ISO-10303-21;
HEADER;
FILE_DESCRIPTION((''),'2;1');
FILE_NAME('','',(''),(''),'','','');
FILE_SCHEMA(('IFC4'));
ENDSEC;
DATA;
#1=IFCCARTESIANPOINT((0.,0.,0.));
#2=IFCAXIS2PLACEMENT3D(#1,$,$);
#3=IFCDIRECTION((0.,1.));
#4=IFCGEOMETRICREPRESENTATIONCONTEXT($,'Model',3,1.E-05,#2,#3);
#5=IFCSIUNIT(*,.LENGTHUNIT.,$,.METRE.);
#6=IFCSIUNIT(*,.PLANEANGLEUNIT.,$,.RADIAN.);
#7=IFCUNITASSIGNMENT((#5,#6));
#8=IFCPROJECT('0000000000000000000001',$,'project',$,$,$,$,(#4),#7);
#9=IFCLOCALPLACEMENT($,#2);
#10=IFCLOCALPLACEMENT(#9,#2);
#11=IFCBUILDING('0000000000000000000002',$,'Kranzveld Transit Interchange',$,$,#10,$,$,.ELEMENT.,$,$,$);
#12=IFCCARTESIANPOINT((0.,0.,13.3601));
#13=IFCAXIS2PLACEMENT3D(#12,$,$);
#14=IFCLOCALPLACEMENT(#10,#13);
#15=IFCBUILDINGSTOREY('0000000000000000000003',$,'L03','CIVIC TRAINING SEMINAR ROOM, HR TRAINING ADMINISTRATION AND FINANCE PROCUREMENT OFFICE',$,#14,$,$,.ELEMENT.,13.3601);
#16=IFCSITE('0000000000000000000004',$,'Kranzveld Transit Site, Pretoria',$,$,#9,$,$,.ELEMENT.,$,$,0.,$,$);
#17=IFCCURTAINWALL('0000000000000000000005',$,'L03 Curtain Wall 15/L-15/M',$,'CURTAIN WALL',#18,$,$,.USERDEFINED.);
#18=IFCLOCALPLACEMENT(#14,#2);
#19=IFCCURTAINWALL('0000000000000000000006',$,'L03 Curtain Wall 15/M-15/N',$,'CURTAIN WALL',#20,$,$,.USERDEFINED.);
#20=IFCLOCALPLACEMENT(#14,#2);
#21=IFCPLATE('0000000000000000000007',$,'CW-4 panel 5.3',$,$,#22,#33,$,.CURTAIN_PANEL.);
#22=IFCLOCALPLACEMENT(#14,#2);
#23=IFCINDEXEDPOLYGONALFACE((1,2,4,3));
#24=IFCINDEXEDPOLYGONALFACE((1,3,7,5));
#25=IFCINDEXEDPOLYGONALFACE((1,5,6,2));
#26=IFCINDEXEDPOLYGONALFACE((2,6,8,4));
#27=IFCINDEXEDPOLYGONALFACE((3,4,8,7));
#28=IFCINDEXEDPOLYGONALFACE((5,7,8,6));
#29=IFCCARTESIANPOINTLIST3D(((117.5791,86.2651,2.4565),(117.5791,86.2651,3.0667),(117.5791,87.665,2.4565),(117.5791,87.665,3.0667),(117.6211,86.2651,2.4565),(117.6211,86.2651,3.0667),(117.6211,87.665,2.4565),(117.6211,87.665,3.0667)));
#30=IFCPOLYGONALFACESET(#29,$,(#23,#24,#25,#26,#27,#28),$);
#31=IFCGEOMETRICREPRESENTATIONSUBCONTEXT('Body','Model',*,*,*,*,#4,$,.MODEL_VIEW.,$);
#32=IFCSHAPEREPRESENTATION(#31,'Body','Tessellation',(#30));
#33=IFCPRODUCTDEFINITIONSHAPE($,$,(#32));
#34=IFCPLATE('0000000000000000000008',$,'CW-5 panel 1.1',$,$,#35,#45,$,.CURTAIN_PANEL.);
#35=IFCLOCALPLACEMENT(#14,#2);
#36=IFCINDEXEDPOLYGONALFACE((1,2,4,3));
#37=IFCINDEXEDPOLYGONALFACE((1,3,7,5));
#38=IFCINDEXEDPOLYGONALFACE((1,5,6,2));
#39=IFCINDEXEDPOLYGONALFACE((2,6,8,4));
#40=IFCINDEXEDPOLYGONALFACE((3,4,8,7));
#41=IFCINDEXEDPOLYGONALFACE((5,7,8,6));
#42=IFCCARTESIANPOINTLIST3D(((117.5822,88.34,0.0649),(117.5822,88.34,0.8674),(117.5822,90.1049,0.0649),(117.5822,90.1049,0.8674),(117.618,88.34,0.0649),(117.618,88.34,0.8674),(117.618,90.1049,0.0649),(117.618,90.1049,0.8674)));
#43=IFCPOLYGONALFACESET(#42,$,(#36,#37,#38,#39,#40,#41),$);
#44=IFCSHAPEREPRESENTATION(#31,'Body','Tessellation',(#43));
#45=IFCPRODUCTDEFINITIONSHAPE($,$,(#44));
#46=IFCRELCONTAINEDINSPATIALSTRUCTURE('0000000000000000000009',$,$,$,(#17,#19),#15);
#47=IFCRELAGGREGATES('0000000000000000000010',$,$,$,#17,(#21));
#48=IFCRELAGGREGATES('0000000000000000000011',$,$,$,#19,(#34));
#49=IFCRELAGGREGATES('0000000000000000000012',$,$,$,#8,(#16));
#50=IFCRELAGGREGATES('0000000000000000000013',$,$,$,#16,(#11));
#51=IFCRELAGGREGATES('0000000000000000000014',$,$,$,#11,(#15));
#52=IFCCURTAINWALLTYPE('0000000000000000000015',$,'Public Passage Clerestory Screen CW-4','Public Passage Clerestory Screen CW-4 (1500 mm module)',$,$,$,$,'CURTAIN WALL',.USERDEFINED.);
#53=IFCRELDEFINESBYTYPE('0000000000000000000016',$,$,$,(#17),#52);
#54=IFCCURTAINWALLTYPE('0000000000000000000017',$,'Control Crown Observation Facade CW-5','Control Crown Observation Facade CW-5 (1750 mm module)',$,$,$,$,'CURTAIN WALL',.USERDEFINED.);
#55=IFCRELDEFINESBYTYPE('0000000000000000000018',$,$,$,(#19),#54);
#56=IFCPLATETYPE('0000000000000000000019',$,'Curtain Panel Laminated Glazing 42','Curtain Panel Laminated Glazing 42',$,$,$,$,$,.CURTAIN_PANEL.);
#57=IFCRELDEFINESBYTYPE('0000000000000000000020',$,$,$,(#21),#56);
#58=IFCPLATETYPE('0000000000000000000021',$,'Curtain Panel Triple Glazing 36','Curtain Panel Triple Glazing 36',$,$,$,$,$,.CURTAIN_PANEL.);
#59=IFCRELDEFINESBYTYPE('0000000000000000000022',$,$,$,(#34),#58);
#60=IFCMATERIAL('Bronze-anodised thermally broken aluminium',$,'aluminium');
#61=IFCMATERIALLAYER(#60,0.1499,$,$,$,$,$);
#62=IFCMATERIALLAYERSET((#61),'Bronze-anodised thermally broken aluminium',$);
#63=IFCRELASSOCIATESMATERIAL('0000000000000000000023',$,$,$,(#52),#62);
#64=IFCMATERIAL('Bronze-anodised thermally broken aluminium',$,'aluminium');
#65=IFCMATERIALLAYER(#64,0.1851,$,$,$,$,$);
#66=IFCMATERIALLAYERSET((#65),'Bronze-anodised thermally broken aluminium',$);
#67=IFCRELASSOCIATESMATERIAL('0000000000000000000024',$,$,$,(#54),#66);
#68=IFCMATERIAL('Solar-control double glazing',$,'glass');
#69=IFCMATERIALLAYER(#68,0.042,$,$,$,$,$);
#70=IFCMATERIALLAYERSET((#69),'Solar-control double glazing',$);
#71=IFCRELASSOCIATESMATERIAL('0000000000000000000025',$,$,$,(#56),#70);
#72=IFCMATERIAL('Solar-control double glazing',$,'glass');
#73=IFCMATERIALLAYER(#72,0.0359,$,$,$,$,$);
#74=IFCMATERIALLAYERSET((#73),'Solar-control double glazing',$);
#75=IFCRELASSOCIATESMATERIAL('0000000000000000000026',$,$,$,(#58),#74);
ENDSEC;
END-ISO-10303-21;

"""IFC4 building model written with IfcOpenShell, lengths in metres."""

from ifc_helpers import new_model, si_unit, direction, frame, origin, origin_2d, place, context, subcontext, project, spatial, rectangle, extrude, material, layer, layer_set, type_object, element, aggregate, save


model = new_model("IFC4")

# Units and contexts
model_context = context("Model", 3, precision=1e-05, world=origin(), true_north=direction((0.0, 1.0)))
body_context = subcontext(model_context, "Body", "Model", "MODEL_VIEW")
ifc_project = project(units=[si_unit("LENGTHUNIT", "METRE"), si_unit("PLANEANGLEUNIT", "RADIAN")], contexts=[model_context])

# Site, building, storey
site_placement = place(None, origin())
site = spatial("IfcSite", under=ifc_project, at=site_placement, Name="Kranzveld Transit Site, Pretoria", CompositionType="ELEMENT", RefElevation=0.0)
building_placement = place(site_placement, origin())
building = spatial("IfcBuilding", under=site, at=building_placement, Name="Kranzveld Transit Interchange", CompositionType="ELEMENT")
storey_placement = place(building_placement, frame((0.0, 0.0, 13.3601)))
storey = spatial("IfcBuildingStorey", under=building, at=storey_placement, Name="L03", Description="CIVIC TRAINING SEMINAR ROOM, HR TRAINING ADMINISTRATION AND FINANCE PROCUREMENT OFFICE", CompositionType="ELEMENT", Elevation=13.3601)

# Curtain wall
ifc_material_1 = material(Name="Bronze-anodised thermally broken aluminium", Category="aluminium")
ifc_layer_1 = layer(ifc_material_1, 0.1499)
ifc_layer_set_1 = layer_set([ifc_layer_1], Name="Bronze-anodised thermally broken aluminium")
curtain_wall_type_1 = type_object("IfcCurtainWallType", Name="Public Passage Clerestory Screen CW-4", Description="Public Passage Clerestory Screen CW-4 (1500 mm module)", ElementType="CURTAIN WALL", PredefinedType="USERDEFINED", material=ifc_layer_set_1)
curtain_wall_1_placement = place(storey_placement, origin())
curtain_wall_1 = element("IfcCurtainWall", 1, at=curtain_wall_1_placement, inside=storey, type_object=curtain_wall_type_1, Name="L03 Curtain Wall 15/L-15/M", ObjectType="CURTAIN WALL", PredefinedType="USERDEFINED")

# Curtain wall
ifc_material_2 = material(Name="Bronze-anodised thermally broken aluminium", Category="aluminium")
ifc_layer_2 = layer(ifc_material_2, 0.1851)
ifc_layer_set_2 = layer_set([ifc_layer_2], Name="Bronze-anodised thermally broken aluminium")
curtain_wall_type_2 = type_object("IfcCurtainWallType", Name="Control Crown Observation Facade CW-5", Description="Control Crown Observation Facade CW-5 (1750 mm module)", ElementType="CURTAIN WALL", PredefinedType="USERDEFINED", material=ifc_layer_set_2)
curtain_wall_2_placement = place(storey_placement, origin())
curtain_wall_2 = element("IfcCurtainWall", 2, at=curtain_wall_2_placement, inside=storey, type_object=curtain_wall_type_2, Name="L03 Curtain Wall 15/M-15/N", ObjectType="CURTAIN WALL", PredefinedType="USERDEFINED")

# Plates
ifc_material_3 = material(Name="Solar-control double glazing", Category="glass")
ifc_layer_3 = layer(ifc_material_3, 0.042)
ifc_layer_set_3 = layer_set([ifc_layer_3], Name="Solar-control double glazing")
plate_type_1 = type_object("IfcPlateType", Name="Curtain Panel Laminated Glazing 42", Description="Curtain Panel Laminated Glazing 42", PredefinedType="CURTAIN_PANEL", material=ifc_layer_set_3)
plate_1_placement = place(storey_placement, frame((117.6001, 86.9651, 2.4565), z_axis=(0.0, 0.0, 1.0), x_axis=(0.0, 1.0, 0.0)))
plate_1 = element("IfcPlate", 3, at=plate_1_placement, type_object=plate_type_1, Name="CW-4 panel 5.3", PredefinedType="CURTAIN_PANEL", context=body_context, shape_type="SweptSolid", body=[
    extrude(rectangle(XDim=1.3999, YDim=0.042, at=origin_2d()), origin(), (0.0, 0.0, 1.0), 0.6101),
])
aggregate(curtain_wall_1, [plate_1])
ifc_material_4 = material(Name="Solar-control double glazing", Category="glass")
ifc_layer_4 = layer(ifc_material_4, 0.0359)
ifc_layer_set_4 = layer_set([ifc_layer_4], Name="Solar-control double glazing")
plate_type_2 = type_object("IfcPlateType", Name="Curtain Panel Triple Glazing 36", Description="Curtain Panel Triple Glazing 36", PredefinedType="CURTAIN_PANEL", material=ifc_layer_set_4)
plate_2_placement = place(storey_placement, frame((117.6001, 89.2224, 0.0649), z_axis=(0.0, 0.0, 1.0), x_axis=(0.0, 1.0, 0.0)))
plate_2 = element("IfcPlate", 4, at=plate_2_placement, type_object=plate_type_2, Name="CW-5 panel 1.1", PredefinedType="CURTAIN_PANEL", context=body_context, shape_type="SweptSolid", body=[
    extrude(rectangle(XDim=1.7649, YDim=0.0359, at=origin_2d()), origin(), (0.0, 0.0, 1.0), 0.8025),
])
aggregate(curtain_wall_2, [plate_2])

save(model, "model.ifc")
